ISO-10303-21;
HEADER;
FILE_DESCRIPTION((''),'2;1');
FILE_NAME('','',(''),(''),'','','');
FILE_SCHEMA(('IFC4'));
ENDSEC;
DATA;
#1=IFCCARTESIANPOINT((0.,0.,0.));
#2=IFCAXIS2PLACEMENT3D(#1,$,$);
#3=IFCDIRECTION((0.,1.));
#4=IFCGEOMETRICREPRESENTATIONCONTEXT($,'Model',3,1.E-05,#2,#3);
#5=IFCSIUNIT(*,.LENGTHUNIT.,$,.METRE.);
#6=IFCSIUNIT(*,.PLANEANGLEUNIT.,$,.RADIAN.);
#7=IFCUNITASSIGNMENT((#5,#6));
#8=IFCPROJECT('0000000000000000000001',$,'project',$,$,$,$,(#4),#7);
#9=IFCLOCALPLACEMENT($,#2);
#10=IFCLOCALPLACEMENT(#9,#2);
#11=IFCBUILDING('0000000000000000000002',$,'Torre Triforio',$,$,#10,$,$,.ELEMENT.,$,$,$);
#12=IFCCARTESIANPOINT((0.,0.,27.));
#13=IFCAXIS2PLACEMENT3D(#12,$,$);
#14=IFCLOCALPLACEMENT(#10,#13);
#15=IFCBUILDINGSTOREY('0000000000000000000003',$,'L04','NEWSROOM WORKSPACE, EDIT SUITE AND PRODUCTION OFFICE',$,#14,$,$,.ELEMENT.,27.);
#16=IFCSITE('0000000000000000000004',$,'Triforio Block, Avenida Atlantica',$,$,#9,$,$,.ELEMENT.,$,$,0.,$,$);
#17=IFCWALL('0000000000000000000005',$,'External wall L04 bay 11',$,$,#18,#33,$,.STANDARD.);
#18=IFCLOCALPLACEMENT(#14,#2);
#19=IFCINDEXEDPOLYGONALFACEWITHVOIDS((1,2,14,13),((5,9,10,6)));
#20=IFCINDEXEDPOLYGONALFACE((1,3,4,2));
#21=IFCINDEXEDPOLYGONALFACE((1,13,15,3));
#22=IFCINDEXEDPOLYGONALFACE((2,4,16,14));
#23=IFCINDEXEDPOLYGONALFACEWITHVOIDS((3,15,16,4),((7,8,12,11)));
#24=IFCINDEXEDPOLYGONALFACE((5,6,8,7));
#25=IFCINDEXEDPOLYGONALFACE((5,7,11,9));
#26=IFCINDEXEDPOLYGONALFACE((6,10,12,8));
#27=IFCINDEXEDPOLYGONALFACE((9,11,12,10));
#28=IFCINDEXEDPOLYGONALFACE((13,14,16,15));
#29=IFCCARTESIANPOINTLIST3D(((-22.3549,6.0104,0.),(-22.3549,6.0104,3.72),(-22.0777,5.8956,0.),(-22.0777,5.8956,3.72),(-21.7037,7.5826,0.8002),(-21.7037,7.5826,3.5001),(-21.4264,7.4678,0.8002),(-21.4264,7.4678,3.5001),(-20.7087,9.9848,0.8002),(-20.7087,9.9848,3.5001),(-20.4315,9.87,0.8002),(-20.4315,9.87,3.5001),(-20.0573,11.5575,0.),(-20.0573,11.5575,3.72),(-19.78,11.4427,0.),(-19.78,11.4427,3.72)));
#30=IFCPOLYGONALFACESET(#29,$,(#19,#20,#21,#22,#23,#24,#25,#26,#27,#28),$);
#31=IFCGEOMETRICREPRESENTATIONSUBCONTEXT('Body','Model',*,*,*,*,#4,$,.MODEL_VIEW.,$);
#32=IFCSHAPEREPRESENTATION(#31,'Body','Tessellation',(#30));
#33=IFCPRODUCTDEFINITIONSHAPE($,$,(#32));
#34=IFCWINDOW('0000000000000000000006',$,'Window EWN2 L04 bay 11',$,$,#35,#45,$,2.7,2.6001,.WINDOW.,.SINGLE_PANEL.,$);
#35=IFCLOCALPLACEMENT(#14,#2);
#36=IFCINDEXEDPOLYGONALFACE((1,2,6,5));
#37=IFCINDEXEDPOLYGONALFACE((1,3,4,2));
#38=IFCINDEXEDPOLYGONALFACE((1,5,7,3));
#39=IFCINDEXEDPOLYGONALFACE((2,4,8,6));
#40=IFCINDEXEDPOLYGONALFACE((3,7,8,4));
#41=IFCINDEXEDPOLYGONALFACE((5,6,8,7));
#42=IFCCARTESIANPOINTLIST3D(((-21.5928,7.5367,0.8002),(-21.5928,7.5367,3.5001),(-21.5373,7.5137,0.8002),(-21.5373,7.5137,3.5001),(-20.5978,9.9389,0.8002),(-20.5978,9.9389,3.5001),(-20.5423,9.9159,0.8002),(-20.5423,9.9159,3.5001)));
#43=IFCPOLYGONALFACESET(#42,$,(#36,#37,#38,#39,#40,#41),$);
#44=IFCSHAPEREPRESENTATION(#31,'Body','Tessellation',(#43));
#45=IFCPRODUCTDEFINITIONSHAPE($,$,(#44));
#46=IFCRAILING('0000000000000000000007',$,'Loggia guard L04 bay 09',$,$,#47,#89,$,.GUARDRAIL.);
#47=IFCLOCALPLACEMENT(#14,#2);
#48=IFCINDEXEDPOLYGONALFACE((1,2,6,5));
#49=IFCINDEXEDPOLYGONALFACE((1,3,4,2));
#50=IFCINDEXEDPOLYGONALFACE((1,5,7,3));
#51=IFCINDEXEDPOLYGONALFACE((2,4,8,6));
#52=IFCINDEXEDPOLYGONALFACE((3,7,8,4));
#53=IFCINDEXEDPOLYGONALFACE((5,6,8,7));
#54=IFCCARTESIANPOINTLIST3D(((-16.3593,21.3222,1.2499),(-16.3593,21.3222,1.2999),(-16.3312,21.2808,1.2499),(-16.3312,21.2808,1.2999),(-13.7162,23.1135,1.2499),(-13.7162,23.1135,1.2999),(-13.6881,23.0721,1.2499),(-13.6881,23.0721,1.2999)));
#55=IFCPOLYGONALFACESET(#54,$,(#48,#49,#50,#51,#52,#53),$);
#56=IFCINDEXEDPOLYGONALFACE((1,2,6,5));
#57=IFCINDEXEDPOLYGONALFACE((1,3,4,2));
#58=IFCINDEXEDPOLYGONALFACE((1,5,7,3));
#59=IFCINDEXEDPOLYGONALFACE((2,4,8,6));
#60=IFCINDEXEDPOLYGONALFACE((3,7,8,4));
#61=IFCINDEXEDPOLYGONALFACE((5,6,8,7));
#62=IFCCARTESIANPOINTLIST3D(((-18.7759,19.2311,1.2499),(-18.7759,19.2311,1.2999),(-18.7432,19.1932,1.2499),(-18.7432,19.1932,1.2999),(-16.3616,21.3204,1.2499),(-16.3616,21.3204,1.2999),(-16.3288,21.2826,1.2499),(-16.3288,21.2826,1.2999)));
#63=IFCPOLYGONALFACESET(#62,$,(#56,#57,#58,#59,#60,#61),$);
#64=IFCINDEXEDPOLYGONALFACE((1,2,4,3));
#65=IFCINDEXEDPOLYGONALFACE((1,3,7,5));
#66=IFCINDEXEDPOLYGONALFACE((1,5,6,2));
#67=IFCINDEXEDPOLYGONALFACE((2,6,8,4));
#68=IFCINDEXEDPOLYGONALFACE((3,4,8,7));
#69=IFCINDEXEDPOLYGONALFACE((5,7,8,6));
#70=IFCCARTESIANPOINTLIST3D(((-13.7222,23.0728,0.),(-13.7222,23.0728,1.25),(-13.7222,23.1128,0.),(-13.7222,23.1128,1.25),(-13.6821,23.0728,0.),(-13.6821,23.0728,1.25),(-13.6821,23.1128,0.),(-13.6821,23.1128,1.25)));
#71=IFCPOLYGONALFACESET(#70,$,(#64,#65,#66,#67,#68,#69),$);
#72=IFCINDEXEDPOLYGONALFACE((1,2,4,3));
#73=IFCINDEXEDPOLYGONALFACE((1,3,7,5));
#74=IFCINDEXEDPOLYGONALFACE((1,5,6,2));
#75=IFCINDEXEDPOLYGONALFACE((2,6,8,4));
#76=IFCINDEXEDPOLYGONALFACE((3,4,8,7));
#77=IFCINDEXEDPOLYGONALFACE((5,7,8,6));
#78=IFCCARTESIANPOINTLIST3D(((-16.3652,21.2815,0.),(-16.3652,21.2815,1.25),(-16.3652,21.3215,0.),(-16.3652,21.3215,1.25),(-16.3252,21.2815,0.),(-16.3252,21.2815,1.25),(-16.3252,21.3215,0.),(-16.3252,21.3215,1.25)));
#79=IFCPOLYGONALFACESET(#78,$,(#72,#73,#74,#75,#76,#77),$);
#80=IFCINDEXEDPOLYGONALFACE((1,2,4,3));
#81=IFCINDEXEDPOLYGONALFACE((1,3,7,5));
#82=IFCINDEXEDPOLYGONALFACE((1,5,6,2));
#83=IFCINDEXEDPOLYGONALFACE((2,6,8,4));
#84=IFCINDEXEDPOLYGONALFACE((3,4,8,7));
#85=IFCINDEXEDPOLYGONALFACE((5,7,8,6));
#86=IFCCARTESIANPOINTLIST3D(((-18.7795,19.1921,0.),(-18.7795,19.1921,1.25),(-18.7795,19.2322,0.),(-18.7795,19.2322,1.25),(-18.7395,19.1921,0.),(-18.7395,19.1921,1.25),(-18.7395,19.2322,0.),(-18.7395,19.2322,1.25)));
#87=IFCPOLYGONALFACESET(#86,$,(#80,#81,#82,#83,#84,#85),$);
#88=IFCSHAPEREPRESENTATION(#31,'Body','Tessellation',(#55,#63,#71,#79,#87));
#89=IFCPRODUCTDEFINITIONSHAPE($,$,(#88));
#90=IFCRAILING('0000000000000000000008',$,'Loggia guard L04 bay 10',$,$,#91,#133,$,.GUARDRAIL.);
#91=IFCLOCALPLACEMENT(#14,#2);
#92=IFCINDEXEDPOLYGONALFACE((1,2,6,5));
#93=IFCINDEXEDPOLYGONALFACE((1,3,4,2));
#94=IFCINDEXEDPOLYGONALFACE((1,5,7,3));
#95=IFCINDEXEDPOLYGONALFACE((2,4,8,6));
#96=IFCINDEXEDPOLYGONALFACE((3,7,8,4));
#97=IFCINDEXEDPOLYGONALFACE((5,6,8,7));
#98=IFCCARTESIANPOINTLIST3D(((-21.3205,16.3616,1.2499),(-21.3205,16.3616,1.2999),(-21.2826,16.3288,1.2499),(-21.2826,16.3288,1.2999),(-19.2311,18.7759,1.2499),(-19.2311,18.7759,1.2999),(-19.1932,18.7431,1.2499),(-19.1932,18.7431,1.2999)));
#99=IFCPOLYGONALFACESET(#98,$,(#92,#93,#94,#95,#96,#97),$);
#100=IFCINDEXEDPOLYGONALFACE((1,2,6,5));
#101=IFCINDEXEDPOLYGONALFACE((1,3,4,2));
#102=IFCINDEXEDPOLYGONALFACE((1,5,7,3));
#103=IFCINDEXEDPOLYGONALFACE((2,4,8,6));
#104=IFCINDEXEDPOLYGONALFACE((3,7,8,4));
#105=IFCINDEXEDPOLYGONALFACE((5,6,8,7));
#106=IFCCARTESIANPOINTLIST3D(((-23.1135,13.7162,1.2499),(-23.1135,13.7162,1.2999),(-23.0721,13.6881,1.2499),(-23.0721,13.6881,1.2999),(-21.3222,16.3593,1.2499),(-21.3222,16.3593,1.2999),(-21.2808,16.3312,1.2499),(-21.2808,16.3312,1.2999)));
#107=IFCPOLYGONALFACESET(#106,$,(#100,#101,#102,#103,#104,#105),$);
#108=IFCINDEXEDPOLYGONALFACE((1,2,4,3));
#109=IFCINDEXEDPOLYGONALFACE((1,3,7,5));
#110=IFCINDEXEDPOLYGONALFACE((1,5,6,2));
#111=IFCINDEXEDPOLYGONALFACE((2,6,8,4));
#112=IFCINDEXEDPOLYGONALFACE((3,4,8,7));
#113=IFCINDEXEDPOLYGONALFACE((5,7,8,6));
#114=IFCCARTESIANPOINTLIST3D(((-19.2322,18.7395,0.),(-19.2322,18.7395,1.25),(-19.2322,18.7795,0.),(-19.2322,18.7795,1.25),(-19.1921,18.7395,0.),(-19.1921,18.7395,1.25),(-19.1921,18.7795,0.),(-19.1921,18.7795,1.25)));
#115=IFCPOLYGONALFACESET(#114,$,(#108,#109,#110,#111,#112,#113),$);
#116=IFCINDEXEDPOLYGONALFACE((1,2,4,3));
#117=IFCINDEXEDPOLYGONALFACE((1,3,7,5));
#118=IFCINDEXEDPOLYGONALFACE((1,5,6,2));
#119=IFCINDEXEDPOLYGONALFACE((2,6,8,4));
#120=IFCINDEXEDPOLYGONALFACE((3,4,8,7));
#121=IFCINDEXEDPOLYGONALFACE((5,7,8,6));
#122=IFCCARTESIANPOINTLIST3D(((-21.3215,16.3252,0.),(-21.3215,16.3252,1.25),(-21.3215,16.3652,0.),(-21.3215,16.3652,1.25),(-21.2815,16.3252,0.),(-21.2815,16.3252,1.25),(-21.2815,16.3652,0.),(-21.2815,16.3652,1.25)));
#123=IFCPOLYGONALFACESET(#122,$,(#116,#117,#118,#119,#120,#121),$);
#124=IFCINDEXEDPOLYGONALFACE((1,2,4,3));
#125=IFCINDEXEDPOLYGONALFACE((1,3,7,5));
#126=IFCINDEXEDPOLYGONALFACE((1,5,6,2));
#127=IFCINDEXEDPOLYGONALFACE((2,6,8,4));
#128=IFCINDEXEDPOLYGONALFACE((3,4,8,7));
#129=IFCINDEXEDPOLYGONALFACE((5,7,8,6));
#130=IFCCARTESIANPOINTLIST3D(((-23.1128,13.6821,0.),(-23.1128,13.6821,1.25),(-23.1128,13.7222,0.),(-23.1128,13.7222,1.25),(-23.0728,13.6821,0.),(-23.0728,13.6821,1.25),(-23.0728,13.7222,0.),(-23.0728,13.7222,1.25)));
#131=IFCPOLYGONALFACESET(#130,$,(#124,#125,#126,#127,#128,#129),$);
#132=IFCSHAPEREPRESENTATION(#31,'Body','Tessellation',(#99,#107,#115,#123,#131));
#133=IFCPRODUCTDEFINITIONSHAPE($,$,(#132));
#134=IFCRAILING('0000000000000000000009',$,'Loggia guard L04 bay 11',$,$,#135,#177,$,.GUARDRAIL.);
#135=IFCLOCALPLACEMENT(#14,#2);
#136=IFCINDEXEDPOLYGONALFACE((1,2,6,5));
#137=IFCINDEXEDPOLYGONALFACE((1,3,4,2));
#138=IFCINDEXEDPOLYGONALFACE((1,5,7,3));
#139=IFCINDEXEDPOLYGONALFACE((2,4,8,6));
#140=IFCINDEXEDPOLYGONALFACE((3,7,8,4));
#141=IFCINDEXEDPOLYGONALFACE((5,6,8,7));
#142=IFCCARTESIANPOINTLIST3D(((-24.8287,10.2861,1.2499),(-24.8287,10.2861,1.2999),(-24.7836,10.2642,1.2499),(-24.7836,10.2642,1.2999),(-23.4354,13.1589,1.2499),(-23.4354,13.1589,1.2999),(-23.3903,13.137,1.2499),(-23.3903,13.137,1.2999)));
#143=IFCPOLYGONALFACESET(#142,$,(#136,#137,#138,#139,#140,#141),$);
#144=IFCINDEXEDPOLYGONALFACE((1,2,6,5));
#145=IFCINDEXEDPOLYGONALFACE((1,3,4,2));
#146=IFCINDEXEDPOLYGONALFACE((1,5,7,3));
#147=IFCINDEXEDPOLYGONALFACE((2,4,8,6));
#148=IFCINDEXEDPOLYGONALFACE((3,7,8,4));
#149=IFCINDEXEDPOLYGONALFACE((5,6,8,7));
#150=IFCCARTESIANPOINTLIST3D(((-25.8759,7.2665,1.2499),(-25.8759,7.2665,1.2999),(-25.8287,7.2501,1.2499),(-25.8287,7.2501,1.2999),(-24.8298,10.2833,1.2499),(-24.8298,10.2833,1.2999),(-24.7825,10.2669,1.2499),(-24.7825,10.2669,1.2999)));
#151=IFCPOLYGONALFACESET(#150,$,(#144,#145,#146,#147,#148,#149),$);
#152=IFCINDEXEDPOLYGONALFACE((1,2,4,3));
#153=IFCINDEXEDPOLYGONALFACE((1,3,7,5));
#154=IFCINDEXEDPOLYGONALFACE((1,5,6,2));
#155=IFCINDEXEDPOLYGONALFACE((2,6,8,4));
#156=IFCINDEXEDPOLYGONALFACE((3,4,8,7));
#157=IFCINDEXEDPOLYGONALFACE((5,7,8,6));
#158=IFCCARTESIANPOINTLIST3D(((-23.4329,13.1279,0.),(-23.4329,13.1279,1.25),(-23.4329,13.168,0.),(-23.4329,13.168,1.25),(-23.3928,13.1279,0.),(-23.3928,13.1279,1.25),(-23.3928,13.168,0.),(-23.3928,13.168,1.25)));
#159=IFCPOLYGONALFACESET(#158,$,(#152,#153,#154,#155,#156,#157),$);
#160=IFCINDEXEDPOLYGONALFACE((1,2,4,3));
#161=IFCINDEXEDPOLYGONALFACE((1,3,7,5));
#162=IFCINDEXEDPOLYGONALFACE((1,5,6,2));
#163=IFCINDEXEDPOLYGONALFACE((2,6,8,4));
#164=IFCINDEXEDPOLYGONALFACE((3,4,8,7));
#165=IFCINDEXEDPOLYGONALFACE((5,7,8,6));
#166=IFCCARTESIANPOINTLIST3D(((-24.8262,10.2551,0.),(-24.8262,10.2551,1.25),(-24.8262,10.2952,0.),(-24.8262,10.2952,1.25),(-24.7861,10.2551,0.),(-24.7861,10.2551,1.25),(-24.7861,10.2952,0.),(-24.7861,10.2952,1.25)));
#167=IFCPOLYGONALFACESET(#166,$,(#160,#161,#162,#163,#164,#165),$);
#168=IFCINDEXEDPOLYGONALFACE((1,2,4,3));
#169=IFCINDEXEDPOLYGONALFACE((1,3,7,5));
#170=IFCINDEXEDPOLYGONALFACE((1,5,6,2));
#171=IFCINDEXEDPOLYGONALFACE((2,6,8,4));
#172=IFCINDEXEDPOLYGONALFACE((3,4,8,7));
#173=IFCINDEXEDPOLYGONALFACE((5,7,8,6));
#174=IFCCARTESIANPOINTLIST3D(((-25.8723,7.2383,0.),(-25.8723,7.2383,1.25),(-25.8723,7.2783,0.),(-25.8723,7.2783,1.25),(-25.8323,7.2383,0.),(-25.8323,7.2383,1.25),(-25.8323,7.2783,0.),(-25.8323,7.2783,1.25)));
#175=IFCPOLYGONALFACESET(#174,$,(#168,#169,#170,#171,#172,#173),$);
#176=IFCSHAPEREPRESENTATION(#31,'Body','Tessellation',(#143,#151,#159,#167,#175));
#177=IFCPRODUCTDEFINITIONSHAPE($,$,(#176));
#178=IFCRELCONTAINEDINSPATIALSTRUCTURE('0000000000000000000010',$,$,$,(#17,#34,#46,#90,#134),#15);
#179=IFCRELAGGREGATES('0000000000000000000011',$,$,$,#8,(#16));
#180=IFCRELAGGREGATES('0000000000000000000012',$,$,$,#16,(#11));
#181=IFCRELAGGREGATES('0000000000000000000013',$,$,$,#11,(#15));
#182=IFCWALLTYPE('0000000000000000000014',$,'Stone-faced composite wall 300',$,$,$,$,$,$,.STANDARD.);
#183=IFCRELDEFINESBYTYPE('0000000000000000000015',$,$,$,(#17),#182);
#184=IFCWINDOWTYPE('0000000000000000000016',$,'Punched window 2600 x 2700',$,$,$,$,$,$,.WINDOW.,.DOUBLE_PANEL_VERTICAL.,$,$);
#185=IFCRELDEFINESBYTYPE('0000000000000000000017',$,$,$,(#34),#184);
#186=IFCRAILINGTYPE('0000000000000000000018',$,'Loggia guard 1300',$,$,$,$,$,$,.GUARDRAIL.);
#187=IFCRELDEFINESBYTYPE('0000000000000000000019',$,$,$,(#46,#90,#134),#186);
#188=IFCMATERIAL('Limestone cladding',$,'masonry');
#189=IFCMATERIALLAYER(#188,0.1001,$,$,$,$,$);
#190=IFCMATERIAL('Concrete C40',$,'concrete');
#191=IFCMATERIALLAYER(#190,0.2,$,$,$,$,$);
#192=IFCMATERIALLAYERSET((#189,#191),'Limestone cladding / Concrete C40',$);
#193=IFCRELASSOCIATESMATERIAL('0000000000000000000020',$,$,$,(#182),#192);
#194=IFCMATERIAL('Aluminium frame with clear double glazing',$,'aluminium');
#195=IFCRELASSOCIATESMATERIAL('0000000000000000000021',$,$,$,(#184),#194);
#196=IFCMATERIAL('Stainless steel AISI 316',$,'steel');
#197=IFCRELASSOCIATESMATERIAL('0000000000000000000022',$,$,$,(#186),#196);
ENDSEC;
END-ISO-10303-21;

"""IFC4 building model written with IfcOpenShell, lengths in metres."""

from ifc_helpers import new_model, si_unit, direction, frame, frame_2d, origin, origin_2d, place, context, subcontext, project, spatial, rectangle, extrude, material, layer, layer_set, type_object, element, fill, save


model = new_model("IFC4")

# Units and contexts
model_context = context("Model", 3, precision=1e-05, world=origin(), true_north=direction((0.0, 1.0)))
body_context = subcontext(model_context, "Body", "Model", "MODEL_VIEW")
ifc_project = project(units=[si_unit("LENGTHUNIT", "METRE"), si_unit("PLANEANGLEUNIT", "RADIAN")], contexts=[model_context])

# Site, building, storey
site_placement = place(None, origin())
site = spatial("IfcSite", under=ifc_project, at=site_placement, Name="Triforio Block, Avenida Atlantica", CompositionType="ELEMENT", RefElevation=0.0)
building_placement = place(site_placement, origin())
building = spatial("IfcBuilding", under=site, at=building_placement, Name="Torre Triforio", CompositionType="ELEMENT")
storey_placement = place(building_placement, frame((0.0, 0.0, 27.0)))
storey = spatial("IfcBuildingStorey", under=building, at=storey_placement, Name="L04", Description="NEWSROOM WORKSPACE, EDIT SUITE AND PRODUCTION OFFICE", CompositionType="ELEMENT", Elevation=27.0)

# Shared definitions
ifc_material_1 = material(Name="Limestone cladding", Category="masonry")
ifc_material_2 = material(Name="Concrete C40", Category="concrete")

# Shared definitions
ifc_layer_1 = layer(ifc_material_1, 0.1001)
ifc_layer_2 = layer(ifc_material_2, 0.2)
ifc_layer_set_1 = layer_set([ifc_layer_1, ifc_layer_2], Name="Limestone cladding / Concrete C40")
wall_type_1 = type_object("IfcWallType", Name="Stone-faced composite wall 300", PredefinedType="STANDARD", material=ifc_layer_set_1)
ifc_material_3 = material(Name="Aluminium frame with clear double glazing", Category="aluminium")
window_type_1 = type_object("IfcWindowType", Name="Punched window 2600 x 2700", PartitioningType="DOUBLE_PANEL_VERTICAL", PredefinedType="WINDOW", material=ifc_material_3)

# Wall, opening, window
wall_1_placement = place(storey_placement, frame((-19.9187, 11.5, 0.0), z_axis=(0.0, 0.0, 1.0), x_axis=(-0.382671, -0.923885, 0.0)))
wall_1 = element("IfcWall", 1, at=wall_1_placement, inside=storey, type_object=wall_type_1, Name="External wall L04 bay 11", PredefinedType="STANDARD", context=body_context, shape_type="SweptSolid", body=[
    extrude(rectangle(XDim=6.0042, YDim=0.3, at=frame_2d((3.002, 0.0))), origin(), (0.0, 0.0, 1.0), 3.72),
])
opening_1_placement = place(wall_1_placement, frame((1.7021, 0.0, 0.8)))
opening_1 = element("IfcOpeningElement", 2, at=opening_1_placement, cuts=wall_1, PredefinedType="OPENING", context=body_context, shape_type="SweptSolid", body=[
    extrude(rectangle(XDim=2.6001, YDim=2.7, at=frame_2d((1.3, 1.3501))), frame((0.0, 0.1599, 0.0), z_axis=(0.0, -1.0, 0.0), x_axis=(1.0, 0.0, 0.0)), (0.0, 0.0, 1.0), 0.3201),
])
window_1_placement = place(opening_1_placement, origin())
window_1 = element("IfcWindow", 3, at=window_1_placement, inside=storey, type_object=window_type_1, Name="Window EWN2 L04 bay 11", OverallHeight=2.7, OverallWidth=2.6001, PartitioningType="SINGLE_PANEL", PredefinedType="WINDOW", context=body_context, shape_type="SweptSolid", body=[
    extrude(rectangle(XDim=2.6001, YDim=2.7, at=frame_2d((1.3, 1.3501))), frame((0.0, 0.03, 0.0), z_axis=(0.0, -1.0, 0.0), x_axis=(1.0, 0.0, 0.0)), (0.0, 0.0, 1.0), 0.0601),
])
fill(opening_1, window_1)

# Railings
ifc_material_4 = material(Name="Stainless steel AISI 316", Category="steel")
railing_type = type_object("IfcRailingType", Name="Loggia guard 1300", PredefinedType="GUARDRAIL", material=ifc_material_4)
railing_1_placement = place(storey_placement, frame((-13.7021, 23.0928, 0.0)))
element("IfcRailing", 4, at=railing_1_placement, inside=storey, type_object=railing_type, Name="Loggia guard L04 bay 09", PredefinedType="GUARDRAIL", context=body_context, shape_type="SweptSolid", body=[
    extrude(rectangle(XDim=0.05, YDim=0.05, at=origin_2d()), frame((0.0, 0.0, 1.2749), z_axis=(-0.827803, -0.561019, 0.0), x_axis=(0.561019, -0.827803, 0.0)), (0.0, 0.0, 1.0), 3.1929),
    extrude(rectangle(XDim=0.05, YDim=0.05, at=origin_2d()), frame((-2.6431, -1.7913, 1.2749), z_axis=(-0.756161, -0.654386, 0.0), x_axis=(0.654386, -0.756161, 0.0)), (0.0, 0.0, 1.0), 3.1929),
    extrude(rectangle(XDim=0.04, YDim=0.04, at=origin_2d()), origin(), (0.0, 0.0, 1.0), 1.25),
    extrude(rectangle(XDim=0.04, YDim=0.04, at=origin_2d()), frame((-2.6431, -1.7913, 0.0)), (0.0, 0.0, 1.0), 1.25),
    extrude(rectangle(XDim=0.04, YDim=0.04, at=origin_2d()), frame((-5.0574, -3.8806, 0.0)), (0.0, 0.0, 1.0), 1.25),
])
railing_2_placement = place(storey_placement, frame((-19.2122, 18.7595, 0.0)))
element("IfcRailing", 5, at=railing_2_placement, inside=storey, type_object=railing_type, Name="Loggia guard L04 bay 10", PredefinedType="GUARDRAIL", context=body_context, shape_type="SweptSolid", body=[
    extrude(rectangle(XDim=0.05, YDim=0.05, at=origin_2d()), frame((0.0, 0.0, 1.2749), z_axis=(-0.654386, -0.756161, 0.0), x_axis=(0.756161, -0.654386, 0.0)), (0.0, 0.0, 1.0), 3.1929),
    extrude(rectangle(XDim=0.05, YDim=0.05, at=origin_2d()), frame((-2.0894, -2.4143, 1.2749), z_axis=(-0.561019, -0.827803, 0.0), x_axis=(0.827803, -0.561019, 0.0)), (0.0, 0.0, 1.0), 3.1929),
    extrude(rectangle(XDim=0.04, YDim=0.04, at=origin_2d()), origin(), (0.0, 0.0, 1.0), 1.25),
    extrude(rectangle(XDim=0.04, YDim=0.04, at=origin_2d()), frame((-2.0894, -2.4143, 0.0)), (0.0, 0.0, 1.0), 1.25),
    extrude(rectangle(XDim=0.04, YDim=0.04, at=origin_2d()), frame((-3.8806, -5.0574, 0.0)), (0.0, 0.0, 1.0), 1.25),
])
railing_3_placement = place(storey_placement, frame((-23.4128, 13.1479, 0.0)))
element("IfcRailing", 6, at=railing_3_placement, inside=storey, type_object=railing_type, Name="Loggia guard L04 bay 11", PredefinedType="GUARDRAIL", context=body_context, shape_type="SweptSolid", body=[
    extrude(rectangle(XDim=0.05, YDim=0.05, at=origin_2d()), frame((0.0, 0.0, 1.2749), z_axis=(-0.436384, -0.89976, 0.0), x_axis=(0.89976, -0.436384, 0.0)), (0.0, 0.0, 1.0), 3.1929),
    extrude(rectangle(XDim=0.05, YDim=0.05, at=origin_2d()), frame((-1.3933, -2.8728, 1.2749), z_axis=(-0.327628, -0.944807, 0.0), x_axis=(0.944807, -0.327628, 0.0)), (0.0, 0.0, 1.0), 3.1931),
    extrude(rectangle(XDim=0.04, YDim=0.04, at=origin_2d()), origin(), (0.0, 0.0, 1.0), 1.25),
    extrude(rectangle(XDim=0.04, YDim=0.04, at=origin_2d()), frame((-1.3933, -2.8728, 0.0)), (0.0, 0.0, 1.0), 1.25),
    extrude(rectangle(XDim=0.04, YDim=0.04, at=origin_2d()), frame((-2.4395, -5.8896, 0.0)), (0.0, 0.0, 1.0), 1.25),
])

save(model, "model.ifc")
